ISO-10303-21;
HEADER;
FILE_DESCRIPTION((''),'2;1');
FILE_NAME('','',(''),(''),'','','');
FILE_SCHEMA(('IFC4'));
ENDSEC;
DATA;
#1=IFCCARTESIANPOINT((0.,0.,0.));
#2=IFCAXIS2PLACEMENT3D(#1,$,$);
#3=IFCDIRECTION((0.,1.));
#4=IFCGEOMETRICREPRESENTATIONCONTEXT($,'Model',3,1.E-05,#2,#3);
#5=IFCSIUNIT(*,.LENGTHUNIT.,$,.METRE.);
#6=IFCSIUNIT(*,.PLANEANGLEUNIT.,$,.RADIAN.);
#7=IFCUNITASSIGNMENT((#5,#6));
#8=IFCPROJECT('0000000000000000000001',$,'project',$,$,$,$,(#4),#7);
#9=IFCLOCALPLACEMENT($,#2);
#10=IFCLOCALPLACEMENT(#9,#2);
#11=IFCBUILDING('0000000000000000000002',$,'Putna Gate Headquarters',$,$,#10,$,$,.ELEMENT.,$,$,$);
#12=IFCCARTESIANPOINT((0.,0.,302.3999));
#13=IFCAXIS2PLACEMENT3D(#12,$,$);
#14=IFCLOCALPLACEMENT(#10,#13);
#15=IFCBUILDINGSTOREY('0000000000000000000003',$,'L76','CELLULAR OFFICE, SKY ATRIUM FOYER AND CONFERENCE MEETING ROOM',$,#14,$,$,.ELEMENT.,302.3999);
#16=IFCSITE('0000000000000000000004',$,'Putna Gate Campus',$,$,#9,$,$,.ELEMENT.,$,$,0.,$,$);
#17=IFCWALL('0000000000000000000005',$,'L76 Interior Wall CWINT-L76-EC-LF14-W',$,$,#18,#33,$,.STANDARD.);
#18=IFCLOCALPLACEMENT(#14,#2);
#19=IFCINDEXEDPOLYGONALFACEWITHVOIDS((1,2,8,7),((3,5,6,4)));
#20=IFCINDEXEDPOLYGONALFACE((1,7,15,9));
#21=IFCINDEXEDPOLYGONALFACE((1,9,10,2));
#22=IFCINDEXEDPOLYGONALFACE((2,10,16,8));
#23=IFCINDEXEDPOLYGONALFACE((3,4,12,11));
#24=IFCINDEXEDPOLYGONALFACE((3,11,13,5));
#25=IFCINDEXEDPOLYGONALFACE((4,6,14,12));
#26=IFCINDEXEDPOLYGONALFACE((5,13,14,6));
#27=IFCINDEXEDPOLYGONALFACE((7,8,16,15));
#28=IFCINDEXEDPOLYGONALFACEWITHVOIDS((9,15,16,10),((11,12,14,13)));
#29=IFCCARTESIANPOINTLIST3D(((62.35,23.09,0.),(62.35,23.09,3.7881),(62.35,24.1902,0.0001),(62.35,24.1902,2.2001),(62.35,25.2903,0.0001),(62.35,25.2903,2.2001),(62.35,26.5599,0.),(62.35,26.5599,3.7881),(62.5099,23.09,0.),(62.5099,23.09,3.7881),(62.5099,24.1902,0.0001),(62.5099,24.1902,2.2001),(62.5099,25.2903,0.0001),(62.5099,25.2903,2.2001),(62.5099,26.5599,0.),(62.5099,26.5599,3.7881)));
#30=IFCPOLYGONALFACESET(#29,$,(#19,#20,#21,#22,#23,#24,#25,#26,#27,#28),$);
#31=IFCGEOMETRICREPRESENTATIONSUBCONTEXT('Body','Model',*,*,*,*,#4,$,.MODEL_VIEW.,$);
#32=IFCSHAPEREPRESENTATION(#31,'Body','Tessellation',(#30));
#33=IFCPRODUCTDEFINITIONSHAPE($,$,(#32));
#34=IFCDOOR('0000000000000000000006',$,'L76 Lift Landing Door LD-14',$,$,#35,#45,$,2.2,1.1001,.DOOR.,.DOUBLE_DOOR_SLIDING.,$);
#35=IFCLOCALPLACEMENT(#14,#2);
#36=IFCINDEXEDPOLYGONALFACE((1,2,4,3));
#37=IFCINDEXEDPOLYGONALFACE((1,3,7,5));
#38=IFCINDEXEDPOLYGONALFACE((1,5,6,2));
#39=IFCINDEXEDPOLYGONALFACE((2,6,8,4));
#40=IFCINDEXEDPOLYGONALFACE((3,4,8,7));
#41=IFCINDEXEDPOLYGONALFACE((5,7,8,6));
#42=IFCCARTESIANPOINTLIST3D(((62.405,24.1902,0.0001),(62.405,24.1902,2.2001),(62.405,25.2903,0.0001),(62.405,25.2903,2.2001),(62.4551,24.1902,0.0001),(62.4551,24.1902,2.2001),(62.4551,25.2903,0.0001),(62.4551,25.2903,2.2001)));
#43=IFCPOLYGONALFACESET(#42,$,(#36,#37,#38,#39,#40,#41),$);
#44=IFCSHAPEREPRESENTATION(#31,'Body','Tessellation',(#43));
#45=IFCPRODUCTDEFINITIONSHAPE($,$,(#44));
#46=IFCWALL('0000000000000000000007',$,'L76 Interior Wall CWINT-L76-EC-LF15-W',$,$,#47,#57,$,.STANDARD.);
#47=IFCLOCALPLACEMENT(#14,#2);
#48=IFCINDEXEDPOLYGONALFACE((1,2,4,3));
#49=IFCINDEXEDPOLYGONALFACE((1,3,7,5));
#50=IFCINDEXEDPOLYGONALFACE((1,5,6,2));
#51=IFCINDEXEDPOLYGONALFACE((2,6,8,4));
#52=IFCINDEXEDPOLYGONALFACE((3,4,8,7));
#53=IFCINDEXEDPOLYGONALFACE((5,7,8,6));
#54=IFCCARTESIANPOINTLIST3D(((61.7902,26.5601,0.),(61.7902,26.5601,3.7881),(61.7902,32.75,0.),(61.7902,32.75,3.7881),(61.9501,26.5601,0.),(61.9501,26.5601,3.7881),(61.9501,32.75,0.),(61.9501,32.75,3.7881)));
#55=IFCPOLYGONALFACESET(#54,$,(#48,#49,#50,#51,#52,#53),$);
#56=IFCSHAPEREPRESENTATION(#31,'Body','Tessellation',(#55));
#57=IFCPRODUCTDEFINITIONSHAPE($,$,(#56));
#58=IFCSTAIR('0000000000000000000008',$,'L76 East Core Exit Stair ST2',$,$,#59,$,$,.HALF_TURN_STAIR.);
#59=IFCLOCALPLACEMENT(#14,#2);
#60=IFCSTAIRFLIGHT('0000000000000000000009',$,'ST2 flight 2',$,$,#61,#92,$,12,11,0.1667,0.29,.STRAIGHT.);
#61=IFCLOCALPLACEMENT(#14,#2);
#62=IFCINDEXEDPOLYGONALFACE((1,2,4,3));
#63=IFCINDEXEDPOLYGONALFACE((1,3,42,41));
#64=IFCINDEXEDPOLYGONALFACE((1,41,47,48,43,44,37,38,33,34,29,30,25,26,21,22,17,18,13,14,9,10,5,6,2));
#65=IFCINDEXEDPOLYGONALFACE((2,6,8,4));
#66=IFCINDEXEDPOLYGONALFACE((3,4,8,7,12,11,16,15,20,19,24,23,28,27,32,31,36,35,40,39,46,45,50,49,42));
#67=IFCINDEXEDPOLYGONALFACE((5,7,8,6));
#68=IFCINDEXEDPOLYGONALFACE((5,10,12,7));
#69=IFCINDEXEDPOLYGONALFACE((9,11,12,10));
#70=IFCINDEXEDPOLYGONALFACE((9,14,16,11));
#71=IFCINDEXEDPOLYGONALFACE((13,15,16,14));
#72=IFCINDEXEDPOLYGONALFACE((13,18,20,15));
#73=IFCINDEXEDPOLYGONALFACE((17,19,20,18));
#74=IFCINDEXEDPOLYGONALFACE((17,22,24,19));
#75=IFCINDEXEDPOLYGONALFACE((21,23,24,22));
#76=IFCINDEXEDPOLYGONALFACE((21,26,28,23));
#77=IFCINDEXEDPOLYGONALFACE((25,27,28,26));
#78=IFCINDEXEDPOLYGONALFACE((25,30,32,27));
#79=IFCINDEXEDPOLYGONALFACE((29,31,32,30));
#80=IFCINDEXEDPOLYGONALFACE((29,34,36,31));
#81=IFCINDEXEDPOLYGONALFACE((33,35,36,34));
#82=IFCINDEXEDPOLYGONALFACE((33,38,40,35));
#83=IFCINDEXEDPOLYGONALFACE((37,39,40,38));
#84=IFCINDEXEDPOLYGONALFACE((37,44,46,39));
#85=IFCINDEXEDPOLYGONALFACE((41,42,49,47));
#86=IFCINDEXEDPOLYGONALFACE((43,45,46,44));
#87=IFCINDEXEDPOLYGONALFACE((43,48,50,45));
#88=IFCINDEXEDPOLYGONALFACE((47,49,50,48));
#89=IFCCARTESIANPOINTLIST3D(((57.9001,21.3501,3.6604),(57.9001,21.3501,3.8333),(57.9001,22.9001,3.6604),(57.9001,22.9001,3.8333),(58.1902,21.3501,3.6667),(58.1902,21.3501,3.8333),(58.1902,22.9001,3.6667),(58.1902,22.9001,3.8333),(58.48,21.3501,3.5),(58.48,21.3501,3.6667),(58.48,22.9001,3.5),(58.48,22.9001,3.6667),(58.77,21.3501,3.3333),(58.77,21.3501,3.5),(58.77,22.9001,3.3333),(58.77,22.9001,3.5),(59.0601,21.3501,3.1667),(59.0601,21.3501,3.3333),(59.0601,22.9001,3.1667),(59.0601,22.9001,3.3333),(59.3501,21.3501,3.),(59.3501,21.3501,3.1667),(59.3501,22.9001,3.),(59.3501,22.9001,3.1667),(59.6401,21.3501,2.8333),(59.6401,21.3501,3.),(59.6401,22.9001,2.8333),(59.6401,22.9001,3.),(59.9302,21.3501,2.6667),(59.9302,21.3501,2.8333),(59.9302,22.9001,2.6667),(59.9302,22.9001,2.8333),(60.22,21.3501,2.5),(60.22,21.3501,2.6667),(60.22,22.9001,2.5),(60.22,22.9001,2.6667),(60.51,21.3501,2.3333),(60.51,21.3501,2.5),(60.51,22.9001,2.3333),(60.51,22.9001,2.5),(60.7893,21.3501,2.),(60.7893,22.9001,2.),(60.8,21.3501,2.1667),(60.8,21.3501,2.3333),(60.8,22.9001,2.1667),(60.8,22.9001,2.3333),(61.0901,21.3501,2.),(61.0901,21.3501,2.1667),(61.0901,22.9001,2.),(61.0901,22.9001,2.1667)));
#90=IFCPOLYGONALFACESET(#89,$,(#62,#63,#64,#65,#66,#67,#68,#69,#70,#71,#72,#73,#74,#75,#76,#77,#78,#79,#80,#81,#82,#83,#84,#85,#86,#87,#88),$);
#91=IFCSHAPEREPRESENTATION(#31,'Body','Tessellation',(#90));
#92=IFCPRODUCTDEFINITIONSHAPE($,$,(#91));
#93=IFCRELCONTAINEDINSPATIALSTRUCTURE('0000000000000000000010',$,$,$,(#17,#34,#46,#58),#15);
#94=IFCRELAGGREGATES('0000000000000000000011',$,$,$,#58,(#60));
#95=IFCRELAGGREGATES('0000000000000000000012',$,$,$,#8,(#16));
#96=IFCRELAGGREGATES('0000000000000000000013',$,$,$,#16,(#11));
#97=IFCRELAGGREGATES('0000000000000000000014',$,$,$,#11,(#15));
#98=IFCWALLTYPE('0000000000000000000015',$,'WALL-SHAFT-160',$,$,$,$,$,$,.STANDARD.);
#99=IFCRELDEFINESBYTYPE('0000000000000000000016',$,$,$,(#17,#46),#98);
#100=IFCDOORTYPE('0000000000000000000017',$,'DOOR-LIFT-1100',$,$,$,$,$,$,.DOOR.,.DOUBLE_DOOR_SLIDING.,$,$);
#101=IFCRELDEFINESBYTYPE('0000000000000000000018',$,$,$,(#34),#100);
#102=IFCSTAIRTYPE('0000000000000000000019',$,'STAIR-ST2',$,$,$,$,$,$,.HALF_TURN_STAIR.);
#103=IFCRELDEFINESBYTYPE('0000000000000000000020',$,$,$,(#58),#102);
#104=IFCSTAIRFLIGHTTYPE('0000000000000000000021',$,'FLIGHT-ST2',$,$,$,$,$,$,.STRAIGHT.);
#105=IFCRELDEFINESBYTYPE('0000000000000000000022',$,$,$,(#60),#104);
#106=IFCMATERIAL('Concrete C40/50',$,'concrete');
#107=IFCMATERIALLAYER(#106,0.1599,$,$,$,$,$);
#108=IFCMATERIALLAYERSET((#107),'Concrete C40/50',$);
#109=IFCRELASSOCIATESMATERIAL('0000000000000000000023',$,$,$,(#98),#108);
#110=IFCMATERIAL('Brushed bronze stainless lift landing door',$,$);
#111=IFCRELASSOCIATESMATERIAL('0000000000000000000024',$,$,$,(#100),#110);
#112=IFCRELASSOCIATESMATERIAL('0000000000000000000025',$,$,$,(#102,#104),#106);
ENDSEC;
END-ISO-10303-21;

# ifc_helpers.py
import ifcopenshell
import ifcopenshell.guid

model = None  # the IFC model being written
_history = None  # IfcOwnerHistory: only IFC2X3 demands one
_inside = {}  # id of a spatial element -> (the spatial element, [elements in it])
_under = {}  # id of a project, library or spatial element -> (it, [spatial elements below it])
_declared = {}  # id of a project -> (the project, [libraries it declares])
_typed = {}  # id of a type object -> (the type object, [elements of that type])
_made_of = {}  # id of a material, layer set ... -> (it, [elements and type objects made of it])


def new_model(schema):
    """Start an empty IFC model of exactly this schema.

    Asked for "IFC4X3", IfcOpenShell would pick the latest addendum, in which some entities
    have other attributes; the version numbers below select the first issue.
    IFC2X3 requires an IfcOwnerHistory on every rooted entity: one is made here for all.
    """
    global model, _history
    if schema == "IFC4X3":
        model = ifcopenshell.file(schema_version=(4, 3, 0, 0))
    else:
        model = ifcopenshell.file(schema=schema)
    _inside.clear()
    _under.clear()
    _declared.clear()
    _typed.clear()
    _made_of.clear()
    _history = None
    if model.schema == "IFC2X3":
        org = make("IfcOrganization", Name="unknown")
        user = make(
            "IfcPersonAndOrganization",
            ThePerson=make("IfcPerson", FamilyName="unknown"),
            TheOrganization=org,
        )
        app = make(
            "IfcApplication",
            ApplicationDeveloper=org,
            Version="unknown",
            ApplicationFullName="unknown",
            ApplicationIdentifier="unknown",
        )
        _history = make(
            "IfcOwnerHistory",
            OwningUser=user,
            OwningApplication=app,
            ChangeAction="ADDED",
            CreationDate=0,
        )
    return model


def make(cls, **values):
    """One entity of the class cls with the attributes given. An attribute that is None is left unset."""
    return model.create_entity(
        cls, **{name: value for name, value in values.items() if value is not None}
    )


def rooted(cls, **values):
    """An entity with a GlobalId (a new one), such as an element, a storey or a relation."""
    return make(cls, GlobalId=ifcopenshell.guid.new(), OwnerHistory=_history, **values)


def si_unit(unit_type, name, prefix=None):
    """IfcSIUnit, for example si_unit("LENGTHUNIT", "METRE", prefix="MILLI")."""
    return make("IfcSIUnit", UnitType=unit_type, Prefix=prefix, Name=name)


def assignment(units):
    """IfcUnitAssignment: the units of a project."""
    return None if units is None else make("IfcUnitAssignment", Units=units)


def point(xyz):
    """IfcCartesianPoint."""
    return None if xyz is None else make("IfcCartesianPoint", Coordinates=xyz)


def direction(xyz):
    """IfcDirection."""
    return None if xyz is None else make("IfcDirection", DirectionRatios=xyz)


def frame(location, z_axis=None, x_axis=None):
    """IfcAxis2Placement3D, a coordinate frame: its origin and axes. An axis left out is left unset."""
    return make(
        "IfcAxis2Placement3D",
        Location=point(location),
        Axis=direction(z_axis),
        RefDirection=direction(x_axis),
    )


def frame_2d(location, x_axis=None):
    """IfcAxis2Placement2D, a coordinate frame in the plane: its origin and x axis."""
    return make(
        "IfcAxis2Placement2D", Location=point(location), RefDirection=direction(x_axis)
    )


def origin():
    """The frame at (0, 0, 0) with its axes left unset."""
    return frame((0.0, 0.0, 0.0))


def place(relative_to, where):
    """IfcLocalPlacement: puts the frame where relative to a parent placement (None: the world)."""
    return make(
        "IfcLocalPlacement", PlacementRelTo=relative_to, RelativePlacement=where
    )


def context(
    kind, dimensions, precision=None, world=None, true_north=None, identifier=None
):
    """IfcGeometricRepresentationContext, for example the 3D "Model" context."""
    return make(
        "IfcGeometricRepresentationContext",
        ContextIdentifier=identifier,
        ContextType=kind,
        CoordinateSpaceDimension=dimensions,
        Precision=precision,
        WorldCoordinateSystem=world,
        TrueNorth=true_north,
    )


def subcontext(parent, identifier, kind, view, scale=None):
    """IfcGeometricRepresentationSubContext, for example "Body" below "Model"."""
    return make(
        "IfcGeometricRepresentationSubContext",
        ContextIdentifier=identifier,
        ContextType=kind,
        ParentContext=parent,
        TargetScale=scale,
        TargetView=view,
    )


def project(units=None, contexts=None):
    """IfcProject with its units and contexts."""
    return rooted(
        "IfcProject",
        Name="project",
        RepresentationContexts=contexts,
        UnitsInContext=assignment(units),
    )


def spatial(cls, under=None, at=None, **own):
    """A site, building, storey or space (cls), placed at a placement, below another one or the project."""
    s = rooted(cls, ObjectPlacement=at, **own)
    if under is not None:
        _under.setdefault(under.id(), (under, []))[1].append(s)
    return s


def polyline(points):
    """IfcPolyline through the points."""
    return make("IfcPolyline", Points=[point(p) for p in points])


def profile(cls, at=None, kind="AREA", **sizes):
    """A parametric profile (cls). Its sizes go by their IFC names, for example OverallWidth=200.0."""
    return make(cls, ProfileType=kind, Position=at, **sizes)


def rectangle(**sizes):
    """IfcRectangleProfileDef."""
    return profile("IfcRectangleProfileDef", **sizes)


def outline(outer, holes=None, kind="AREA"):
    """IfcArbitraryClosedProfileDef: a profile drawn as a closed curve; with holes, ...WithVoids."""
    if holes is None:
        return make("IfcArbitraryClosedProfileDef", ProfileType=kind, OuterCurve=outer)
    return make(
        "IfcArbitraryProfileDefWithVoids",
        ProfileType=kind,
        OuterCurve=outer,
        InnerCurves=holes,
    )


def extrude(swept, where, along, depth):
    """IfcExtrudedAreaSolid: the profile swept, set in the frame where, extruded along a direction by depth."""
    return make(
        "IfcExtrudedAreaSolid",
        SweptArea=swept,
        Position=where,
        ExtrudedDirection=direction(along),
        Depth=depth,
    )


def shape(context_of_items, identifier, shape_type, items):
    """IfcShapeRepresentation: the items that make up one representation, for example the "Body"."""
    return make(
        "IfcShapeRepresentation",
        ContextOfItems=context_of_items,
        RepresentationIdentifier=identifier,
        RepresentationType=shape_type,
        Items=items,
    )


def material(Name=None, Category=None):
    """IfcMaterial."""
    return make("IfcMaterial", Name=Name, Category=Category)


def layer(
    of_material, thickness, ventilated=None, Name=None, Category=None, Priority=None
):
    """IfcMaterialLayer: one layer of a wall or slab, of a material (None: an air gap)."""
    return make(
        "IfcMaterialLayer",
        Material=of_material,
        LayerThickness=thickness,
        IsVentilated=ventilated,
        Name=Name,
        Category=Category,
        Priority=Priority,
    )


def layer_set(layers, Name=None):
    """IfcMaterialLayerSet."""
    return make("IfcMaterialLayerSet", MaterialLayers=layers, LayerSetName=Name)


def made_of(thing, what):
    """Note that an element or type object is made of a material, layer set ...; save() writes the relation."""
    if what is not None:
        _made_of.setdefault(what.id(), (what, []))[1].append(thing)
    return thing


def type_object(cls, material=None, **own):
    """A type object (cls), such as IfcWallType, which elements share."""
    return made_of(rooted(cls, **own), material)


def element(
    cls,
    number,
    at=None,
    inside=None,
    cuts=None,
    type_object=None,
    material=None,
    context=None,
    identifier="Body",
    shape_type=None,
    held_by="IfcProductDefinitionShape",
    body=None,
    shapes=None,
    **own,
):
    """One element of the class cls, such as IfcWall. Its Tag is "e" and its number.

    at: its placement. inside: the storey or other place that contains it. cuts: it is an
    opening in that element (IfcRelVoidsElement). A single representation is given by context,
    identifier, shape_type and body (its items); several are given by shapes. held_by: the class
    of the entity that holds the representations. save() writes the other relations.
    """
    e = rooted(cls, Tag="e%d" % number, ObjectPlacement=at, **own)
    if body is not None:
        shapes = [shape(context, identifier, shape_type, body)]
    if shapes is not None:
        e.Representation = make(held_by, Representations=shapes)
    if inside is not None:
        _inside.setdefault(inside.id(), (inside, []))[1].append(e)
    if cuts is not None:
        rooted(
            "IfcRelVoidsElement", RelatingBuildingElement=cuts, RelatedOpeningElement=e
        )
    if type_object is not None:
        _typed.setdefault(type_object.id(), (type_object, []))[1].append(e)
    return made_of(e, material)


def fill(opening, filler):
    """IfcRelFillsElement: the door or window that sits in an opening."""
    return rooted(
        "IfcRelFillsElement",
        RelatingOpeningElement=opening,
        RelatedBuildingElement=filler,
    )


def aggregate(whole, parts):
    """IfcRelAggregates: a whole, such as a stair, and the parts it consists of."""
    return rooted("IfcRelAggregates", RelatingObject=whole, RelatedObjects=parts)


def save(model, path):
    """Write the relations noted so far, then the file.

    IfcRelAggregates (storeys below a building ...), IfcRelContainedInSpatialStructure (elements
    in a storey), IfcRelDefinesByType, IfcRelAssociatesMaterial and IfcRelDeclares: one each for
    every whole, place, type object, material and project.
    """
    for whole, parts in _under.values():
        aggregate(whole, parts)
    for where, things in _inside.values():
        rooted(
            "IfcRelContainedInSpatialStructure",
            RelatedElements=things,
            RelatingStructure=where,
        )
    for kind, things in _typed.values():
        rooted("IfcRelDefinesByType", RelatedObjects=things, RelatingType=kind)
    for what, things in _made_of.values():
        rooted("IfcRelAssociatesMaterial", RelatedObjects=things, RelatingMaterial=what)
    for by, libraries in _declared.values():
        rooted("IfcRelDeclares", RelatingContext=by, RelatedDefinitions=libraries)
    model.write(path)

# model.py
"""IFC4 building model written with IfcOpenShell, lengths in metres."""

from ifc_helpers import new_model, si_unit, direction, frame, frame_2d, origin, place, context, subcontext, project, spatial, polyline, rectangle, outline, extrude, material, layer, layer_set, type_object, element, fill, aggregate, save


model = new_model("IFC4")

# Units and contexts
model_context = context("Model", 3, precision=1e-05, world=origin(), true_north=direction((0.0, 1.0)))
body_context = subcontext(model_context, "Body", "Model", "MODEL_VIEW")
ifc_project = project(units=[si_unit("LENGTHUNIT", "METRE"), si_unit("PLANEANGLEUNIT", "RADIAN")], contexts=[model_context])

# Site, building, storey
site_placement = place(None, origin())
site = spatial("IfcSite", under=ifc_project, at=site_placement, Name="Putna Gate Campus", CompositionType="ELEMENT", RefElevation=0.0)
building_placement = place(site_placement, origin())
building = spatial("IfcBuilding", under=site, at=building_placement, Name="Putna Gate Headquarters", CompositionType="ELEMENT")
storey_placement = place(building_placement, frame((0.0, 0.0, 302.3999)))
storey = spatial("IfcBuildingStorey", under=building, at=storey_placement, Name="L76", Description="CELLULAR OFFICE, SKY ATRIUM FOYER AND CONFERENCE MEETING ROOM", CompositionType="ELEMENT", Elevation=302.3999)

# Wall, opening, door
ifc_material_1 = material(Name="Concrete C40/50", Category="concrete")
ifc_layer_1 = layer(ifc_material_1, 0.1599)
ifc_layer_set_1 = layer_set([ifc_layer_1], Name="Concrete C40/50")
wall_type_1 = type_object("IfcWallType", Name="WALL-SHAFT-160", PredefinedType="STANDARD", material=ifc_layer_set_1)
wall_1_placement = place(storey_placement, frame((62.4299, 23.0901, 0.0), z_axis=(0.0, 0.0, 1.0), x_axis=(0.0, 1.0, 0.0)))
wall_1 = element("IfcWall", 1, at=wall_1_placement, inside=storey, type_object=wall_type_1, Name="L76 Interior Wall CWINT-L76-EC-LF14-W", PredefinedType="STANDARD", context=body_context, shape_type="SweptSolid", body=[
    extrude(rectangle(XDim=3.47, YDim=0.1599, at=frame_2d((1.7349, 0.0))), origin(), (0.0, 0.0, 1.0), 3.7881),
])
opening_1_placement = place(wall_1_placement, frame((1.1001, 0.0, 0.0)))
opening_1 = element("IfcOpeningElement", 2, at=opening_1_placement, cuts=wall_1, PredefinedType="OPENING", context=body_context, shape_type="SweptSolid", body=[
    extrude(rectangle(XDim=1.1001, YDim=2.2, at=frame_2d((0.55, 1.1001))), frame((0.0, 0.0898, 0.0), z_axis=(0.0, -1.0, 0.0), x_axis=(1.0, 0.0, 0.0)), (0.0, 0.0, 1.0), 0.1799),
])
ifc_material_2 = material(Name="Brushed bronze stainless lift landing door")
door_type_1 = type_object("IfcDoorType", Name="DOOR-LIFT-1100", OperationType="DOUBLE_DOOR_SLIDING", PredefinedType="DOOR", material=ifc_material_2)
door_1_placement = place(opening_1_placement, origin())
door_1 = element("IfcDoor", 3, at=door_1_placement, inside=storey, type_object=door_type_1, Name="L76 Lift Landing Door LD-14", OperationType="DOUBLE_DOOR_SLIDING", OverallHeight=2.2, OverallWidth=1.1001, PredefinedType="DOOR", context=body_context, shape_type="SweptSolid", body=[
    extrude(rectangle(XDim=1.1001, YDim=2.2, at=frame_2d((0.55, 1.1001))), frame((0.0, 0.0249, 0.0), z_axis=(0.0, -1.0, 0.0), x_axis=(1.0, 0.0, 0.0)), (0.0, 0.0, 1.0), 0.05),
])
fill(opening_1, door_1)

# Wall
wall_2_placement = place(storey_placement, frame((61.8701, 26.5601, 0.0), z_axis=(0.0, 0.0, 1.0), x_axis=(0.0, 1.0, 0.0)))
element("IfcWall", 4, at=wall_2_placement, inside=storey, type_object=wall_type_1, Name="L76 Interior Wall CWINT-L76-EC-LF15-W", PredefinedType="STANDARD", context=body_context, shape_type="SweptSolid", body=[
    extrude(rectangle(XDim=6.1899, YDim=0.1599, at=frame_2d((3.095, 0.0))), origin(), (0.0, 0.0, 1.0), 3.7881),
])

# Stair, stair flight
stair_type = type_object("IfcStairType", Name="STAIR-ST2", PredefinedType="HALF_TURN_STAIR", material=ifc_material_1)
stair_placement = place(storey_placement, origin())
stair = element("IfcStair", 5, at=stair_placement, inside=storey, type_object=stair_type, Name="L76 East Core Exit Stair ST2", PredefinedType="HALF_TURN_STAIR")
stair_flight_type = type_object("IfcStairFlightType", Name="FLIGHT-ST2", PredefinedType="STRAIGHT", material=ifc_material_1)
stair_flight_placement = place(storey_placement, frame((61.0901, 22.125, 2.0), z_axis=(0.0, 0.0, 1.0), x_axis=(-1.0, 0.0, 0.0)))
stair_flight = element("IfcStairFlight", 6, at=stair_flight_placement, type_object=stair_flight_type, Name="ST2 flight 2", NumberOfRisers=12, NumberOfTreads=11, PredefinedType="STRAIGHT", RiserHeight=0.1667, TreadLength=0.29, context=body_context, shape_type="SweptSolid", body=[
    extrude(outline(polyline([(0.0, 0.0), (0.0, 0.1667), (0.29, 0.1667), (0.29, 0.3333), (0.5801, 0.3333), (0.5801, 0.5), (0.8701, 0.5), (0.8701, 0.6667), (1.1599, 0.6667), (1.1599, 0.8333), (1.45, 0.8333), (1.45, 1.0), (1.74, 1.0), (1.74, 1.1667), (2.03, 1.1667), (2.03, 1.3333), (2.3201, 1.3333), (2.3201, 1.5), (2.6101, 1.5), (2.6101, 1.6667), (2.8999, 1.6667), (2.8999, 1.8333), (3.1899, 1.8333), (3.1899, 2.0), (3.1899, 1.6604), (0.3008, 0.0), (0.0, 0.0)])), frame((0.0, 0.7749, 0.0), z_axis=(0.0, -1.0, 0.0), x_axis=(1.0, 0.0, 0.0)), (0.0, 0.0, 1.0), 1.55),
])
aggregate(stair, [stair_flight])

save(model, "model.ifc")
